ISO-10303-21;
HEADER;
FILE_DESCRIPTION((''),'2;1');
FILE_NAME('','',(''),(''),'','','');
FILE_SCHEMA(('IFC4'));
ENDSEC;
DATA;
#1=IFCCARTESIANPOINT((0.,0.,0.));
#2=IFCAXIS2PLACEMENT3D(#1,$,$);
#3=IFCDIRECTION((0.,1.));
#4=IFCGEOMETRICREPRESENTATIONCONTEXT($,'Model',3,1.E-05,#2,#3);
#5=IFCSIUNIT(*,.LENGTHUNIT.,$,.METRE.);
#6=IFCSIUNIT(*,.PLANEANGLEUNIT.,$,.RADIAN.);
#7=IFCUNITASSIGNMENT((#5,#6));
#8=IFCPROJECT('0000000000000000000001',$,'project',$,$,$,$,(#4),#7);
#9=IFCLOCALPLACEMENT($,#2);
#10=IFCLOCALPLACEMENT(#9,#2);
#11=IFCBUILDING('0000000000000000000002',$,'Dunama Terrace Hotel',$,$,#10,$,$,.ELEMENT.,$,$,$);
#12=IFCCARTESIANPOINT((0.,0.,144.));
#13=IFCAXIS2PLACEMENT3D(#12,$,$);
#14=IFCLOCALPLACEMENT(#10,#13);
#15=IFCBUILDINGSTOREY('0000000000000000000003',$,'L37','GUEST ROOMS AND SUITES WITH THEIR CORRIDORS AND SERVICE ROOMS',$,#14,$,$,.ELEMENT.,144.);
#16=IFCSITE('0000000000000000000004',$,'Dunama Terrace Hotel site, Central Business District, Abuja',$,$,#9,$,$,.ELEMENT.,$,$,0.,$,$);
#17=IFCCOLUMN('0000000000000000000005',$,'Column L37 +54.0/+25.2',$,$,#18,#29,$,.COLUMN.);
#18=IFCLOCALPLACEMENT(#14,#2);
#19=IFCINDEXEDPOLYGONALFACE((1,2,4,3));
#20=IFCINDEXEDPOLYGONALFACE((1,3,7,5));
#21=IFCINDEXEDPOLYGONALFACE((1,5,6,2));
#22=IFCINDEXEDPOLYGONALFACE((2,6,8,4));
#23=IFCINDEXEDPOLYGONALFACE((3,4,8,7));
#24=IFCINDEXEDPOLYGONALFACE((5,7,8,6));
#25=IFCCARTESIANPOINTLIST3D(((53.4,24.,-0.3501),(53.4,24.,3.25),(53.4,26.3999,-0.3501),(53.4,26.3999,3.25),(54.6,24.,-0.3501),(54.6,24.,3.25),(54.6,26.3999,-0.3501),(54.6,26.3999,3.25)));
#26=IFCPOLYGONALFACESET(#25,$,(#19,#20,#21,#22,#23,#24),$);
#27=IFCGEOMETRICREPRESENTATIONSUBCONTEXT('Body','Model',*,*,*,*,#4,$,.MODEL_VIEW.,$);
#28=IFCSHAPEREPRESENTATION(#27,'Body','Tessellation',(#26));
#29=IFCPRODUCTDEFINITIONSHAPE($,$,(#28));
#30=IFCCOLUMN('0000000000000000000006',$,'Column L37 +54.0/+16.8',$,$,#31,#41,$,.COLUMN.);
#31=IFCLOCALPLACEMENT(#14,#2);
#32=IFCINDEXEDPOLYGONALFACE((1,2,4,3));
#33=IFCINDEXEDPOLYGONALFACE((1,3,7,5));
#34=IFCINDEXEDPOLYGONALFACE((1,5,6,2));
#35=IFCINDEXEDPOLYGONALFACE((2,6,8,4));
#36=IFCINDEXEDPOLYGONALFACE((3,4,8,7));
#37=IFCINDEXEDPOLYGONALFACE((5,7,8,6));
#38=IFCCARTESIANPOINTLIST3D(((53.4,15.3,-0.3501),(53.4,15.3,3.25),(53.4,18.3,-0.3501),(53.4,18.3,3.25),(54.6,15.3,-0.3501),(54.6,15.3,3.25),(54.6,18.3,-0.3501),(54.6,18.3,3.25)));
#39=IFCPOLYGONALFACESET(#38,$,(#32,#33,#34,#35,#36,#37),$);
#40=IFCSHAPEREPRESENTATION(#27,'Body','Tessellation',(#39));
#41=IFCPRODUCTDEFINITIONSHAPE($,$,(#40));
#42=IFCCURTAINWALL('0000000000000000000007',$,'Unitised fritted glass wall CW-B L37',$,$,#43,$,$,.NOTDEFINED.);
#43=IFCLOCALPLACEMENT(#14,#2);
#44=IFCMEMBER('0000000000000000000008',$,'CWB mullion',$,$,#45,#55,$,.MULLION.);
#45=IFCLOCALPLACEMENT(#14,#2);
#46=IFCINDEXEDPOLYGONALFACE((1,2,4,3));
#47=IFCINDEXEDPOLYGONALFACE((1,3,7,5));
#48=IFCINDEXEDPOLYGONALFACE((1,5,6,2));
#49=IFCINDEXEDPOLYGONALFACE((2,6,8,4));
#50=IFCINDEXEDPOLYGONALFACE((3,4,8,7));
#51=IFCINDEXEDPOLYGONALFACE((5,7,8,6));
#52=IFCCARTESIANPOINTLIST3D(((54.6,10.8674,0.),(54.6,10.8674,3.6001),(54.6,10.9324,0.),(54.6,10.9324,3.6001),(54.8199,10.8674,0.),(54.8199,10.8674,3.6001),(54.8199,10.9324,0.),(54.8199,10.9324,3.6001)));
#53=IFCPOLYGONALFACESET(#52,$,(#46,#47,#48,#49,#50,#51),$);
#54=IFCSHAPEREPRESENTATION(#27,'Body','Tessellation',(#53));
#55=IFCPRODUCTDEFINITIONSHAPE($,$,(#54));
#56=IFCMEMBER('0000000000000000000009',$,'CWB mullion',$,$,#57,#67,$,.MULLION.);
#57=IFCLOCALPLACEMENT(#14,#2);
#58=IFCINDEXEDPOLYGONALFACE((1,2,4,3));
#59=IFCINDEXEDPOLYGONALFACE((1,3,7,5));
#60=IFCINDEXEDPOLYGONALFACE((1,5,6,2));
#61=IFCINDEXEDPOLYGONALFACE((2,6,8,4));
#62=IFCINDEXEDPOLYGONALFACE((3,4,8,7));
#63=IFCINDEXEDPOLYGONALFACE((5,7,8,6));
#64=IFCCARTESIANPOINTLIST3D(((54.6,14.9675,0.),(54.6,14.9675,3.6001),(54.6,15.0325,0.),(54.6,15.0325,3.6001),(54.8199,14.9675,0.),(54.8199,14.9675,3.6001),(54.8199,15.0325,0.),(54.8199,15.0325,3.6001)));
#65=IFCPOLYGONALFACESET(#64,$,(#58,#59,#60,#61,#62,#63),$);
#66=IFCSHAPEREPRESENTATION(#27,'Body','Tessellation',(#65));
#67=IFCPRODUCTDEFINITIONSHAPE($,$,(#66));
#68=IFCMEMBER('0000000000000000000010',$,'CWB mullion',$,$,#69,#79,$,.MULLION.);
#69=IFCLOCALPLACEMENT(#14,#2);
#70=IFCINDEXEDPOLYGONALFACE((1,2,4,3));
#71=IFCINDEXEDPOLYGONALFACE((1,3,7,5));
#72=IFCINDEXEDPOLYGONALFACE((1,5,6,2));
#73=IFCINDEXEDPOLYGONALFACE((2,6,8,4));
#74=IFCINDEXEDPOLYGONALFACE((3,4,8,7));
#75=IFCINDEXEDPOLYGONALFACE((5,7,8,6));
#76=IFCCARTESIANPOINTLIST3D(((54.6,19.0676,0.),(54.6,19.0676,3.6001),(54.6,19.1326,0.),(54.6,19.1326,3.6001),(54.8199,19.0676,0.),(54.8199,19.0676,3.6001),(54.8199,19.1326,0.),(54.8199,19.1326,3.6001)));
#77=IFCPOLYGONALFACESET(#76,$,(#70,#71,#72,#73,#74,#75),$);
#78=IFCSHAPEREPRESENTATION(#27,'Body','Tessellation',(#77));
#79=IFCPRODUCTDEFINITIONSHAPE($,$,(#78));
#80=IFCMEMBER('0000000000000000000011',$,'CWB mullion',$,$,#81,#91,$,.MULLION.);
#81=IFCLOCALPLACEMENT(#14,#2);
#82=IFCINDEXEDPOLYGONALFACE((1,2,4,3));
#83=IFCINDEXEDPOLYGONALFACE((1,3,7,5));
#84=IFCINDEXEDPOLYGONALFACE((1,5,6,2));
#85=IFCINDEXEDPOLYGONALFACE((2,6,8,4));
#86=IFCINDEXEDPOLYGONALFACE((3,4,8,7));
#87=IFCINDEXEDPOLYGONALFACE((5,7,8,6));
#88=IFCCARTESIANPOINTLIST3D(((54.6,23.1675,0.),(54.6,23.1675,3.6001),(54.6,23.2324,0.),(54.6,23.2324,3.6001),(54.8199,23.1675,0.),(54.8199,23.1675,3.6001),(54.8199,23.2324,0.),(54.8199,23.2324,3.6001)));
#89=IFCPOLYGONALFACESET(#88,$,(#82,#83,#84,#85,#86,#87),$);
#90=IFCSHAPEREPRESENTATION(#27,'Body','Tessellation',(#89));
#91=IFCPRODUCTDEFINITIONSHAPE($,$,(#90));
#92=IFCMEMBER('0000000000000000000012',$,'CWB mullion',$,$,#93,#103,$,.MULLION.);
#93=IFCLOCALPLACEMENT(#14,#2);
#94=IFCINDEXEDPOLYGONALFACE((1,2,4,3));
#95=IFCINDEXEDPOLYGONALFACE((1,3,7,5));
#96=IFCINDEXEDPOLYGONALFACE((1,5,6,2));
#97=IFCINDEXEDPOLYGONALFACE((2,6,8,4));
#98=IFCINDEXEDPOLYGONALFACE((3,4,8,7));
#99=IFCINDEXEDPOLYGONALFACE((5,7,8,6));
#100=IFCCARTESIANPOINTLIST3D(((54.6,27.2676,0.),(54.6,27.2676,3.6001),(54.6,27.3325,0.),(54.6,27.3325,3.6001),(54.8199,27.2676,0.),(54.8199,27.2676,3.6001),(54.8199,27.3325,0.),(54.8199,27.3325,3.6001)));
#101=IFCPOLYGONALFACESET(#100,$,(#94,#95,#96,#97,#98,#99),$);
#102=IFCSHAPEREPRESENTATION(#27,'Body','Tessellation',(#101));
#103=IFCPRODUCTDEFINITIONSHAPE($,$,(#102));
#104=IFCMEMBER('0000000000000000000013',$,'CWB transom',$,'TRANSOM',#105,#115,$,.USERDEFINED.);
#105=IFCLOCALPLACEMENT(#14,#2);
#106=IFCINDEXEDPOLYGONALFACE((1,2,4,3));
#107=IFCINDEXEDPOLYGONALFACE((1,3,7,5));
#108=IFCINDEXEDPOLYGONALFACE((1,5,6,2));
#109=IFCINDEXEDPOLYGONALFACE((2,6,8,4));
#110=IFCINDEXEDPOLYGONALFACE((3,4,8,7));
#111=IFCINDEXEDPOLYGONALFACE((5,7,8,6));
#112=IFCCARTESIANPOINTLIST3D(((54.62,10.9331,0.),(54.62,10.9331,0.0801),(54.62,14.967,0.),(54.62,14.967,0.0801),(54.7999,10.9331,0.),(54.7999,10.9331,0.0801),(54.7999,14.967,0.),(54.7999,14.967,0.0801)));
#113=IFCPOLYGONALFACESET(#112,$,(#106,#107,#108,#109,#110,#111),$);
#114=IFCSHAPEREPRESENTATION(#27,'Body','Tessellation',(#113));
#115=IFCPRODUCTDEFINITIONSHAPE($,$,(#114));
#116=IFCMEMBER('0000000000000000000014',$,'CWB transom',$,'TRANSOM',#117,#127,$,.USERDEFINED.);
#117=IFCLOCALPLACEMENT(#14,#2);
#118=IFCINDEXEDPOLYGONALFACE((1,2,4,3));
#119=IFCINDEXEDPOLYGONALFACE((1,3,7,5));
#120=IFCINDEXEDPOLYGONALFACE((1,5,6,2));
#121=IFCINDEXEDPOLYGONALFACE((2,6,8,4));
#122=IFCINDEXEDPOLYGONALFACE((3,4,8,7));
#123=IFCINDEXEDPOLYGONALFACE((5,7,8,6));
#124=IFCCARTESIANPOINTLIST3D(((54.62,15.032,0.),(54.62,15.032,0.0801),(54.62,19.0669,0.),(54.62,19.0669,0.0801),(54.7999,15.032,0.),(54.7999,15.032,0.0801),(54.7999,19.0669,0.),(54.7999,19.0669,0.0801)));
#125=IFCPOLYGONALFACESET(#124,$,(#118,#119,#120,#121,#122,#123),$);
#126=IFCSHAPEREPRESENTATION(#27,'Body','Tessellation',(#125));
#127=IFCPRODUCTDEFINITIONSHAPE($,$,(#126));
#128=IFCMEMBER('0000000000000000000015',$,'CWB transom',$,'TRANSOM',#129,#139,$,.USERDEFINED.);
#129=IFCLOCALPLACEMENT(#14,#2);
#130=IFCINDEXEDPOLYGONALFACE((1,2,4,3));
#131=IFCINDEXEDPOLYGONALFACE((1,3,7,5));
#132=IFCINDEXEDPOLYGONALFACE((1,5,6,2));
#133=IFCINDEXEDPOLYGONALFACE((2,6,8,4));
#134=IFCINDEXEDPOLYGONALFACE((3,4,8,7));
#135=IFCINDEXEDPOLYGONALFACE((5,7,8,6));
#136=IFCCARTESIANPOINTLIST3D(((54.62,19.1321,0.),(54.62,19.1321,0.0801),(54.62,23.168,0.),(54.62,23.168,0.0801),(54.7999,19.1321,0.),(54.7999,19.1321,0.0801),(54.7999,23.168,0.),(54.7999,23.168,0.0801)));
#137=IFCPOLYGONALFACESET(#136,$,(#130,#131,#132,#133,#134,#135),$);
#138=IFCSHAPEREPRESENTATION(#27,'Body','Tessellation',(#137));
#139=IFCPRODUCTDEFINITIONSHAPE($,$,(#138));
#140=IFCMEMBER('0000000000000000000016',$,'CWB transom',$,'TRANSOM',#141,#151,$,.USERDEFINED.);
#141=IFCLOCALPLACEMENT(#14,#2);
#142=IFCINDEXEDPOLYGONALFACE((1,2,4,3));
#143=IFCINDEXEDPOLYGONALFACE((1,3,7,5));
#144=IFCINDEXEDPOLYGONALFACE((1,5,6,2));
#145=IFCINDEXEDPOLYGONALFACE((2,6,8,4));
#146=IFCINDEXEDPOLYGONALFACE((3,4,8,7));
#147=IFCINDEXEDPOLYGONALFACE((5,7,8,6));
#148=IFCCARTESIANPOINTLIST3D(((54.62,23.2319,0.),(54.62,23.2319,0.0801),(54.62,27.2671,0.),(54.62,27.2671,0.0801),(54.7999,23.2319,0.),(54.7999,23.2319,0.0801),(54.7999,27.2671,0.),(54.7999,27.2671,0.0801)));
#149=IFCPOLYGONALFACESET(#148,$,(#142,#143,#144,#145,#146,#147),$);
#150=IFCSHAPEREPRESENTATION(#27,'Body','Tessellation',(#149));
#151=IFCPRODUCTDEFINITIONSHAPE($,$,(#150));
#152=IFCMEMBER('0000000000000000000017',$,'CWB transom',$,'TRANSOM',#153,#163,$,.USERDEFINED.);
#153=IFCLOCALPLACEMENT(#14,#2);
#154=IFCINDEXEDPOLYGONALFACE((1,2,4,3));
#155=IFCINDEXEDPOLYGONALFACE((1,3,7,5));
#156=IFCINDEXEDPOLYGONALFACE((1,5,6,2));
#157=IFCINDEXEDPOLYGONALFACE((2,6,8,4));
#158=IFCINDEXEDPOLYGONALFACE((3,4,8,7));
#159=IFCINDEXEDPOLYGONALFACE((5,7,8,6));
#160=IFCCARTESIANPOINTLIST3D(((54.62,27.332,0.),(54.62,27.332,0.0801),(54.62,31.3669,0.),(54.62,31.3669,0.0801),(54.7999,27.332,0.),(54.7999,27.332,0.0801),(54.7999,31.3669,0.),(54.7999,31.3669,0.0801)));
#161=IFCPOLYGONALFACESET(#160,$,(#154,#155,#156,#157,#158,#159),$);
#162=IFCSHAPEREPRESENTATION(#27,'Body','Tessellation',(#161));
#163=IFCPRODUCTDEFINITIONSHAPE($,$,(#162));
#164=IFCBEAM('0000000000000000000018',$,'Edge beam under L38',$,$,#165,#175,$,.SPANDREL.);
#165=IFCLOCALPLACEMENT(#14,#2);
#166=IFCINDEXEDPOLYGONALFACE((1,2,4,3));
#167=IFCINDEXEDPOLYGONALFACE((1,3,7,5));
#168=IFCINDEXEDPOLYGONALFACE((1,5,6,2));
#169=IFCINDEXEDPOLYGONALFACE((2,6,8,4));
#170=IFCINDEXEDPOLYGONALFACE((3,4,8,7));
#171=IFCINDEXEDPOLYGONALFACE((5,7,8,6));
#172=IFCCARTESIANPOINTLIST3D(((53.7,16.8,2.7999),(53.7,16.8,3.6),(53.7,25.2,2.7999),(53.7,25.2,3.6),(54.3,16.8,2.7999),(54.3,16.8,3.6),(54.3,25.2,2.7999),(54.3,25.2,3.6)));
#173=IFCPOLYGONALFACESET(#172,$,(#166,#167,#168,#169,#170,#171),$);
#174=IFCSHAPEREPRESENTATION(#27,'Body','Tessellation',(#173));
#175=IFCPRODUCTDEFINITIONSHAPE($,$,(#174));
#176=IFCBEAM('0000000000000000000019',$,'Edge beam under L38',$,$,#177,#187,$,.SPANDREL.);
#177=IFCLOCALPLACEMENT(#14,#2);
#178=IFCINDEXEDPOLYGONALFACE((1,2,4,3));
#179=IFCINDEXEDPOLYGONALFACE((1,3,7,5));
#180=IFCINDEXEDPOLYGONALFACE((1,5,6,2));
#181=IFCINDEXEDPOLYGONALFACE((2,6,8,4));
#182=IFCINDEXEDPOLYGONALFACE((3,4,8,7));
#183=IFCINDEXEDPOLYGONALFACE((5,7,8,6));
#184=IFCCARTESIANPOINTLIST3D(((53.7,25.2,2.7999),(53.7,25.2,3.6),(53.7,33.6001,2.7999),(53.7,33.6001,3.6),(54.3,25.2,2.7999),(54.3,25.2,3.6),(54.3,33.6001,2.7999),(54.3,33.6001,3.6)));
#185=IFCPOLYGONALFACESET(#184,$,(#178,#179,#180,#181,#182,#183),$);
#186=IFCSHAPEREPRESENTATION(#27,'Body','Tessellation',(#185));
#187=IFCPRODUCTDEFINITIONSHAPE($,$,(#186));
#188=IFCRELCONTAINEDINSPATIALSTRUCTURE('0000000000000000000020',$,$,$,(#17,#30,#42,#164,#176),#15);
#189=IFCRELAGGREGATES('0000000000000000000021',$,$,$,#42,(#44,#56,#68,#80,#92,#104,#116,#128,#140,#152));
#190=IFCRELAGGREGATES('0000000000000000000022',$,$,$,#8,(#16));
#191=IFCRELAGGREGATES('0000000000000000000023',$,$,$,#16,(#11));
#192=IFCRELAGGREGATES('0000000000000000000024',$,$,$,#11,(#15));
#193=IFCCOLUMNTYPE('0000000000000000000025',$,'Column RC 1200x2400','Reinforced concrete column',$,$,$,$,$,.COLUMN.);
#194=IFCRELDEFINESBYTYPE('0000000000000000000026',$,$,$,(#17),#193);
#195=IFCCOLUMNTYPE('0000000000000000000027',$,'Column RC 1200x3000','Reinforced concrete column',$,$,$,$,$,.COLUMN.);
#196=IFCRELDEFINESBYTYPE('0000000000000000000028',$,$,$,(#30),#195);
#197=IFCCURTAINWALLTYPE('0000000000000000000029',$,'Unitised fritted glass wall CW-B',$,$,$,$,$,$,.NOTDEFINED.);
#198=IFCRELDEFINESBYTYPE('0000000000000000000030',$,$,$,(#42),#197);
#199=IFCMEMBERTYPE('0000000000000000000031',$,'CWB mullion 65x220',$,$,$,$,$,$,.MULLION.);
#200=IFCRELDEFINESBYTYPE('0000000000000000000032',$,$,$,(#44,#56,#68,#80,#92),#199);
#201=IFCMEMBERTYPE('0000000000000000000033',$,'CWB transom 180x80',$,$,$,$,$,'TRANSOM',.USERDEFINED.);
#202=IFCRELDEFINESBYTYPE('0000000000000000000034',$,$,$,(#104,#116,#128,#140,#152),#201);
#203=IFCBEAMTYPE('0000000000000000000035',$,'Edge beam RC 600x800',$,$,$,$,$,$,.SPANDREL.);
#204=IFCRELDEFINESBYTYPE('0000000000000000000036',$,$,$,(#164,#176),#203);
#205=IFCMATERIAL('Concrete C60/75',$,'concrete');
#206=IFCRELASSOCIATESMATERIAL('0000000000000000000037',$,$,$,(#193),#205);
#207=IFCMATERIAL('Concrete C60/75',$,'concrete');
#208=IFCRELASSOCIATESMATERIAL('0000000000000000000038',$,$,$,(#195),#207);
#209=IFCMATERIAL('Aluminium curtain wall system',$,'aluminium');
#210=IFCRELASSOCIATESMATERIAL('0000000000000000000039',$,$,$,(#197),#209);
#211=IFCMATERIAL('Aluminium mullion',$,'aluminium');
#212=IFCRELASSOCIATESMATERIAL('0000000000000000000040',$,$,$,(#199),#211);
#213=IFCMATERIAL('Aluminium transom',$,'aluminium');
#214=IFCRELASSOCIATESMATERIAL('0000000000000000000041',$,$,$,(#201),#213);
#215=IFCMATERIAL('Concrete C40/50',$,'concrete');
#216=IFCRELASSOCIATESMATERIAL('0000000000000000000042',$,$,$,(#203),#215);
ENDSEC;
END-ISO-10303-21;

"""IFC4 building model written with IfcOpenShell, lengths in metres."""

from ifc_helpers import new_model, si_unit, direction, frame, origin, origin_2d, place, context, subcontext, project, spatial, rectangle, extrude, material, material_profile, profile_set, type_object, element, aggregate, save


model = new_model("IFC4")

# Units and contexts
model_context = context("Model", 3, precision=1e-05, world=origin(), true_north=direction((0.0, 1.0)))
body_context = subcontext(model_context, "Body", "Model", "MODEL_VIEW")
ifc_project = project(units=[si_unit("LENGTHUNIT", "METRE"), si_unit("PLANEANGLEUNIT", "RADIAN")], contexts=[model_context])

# Site, building, storey
site_placement = place(None, origin())
site = spatial("IfcSite", under=ifc_project, at=site_placement, Name="Dunama Terrace Hotel site, Central Business District, Abuja", CompositionType="ELEMENT", RefElevation=0.0)
building_placement = place(site_placement, origin())
building = spatial("IfcBuilding", under=site, at=building_placement, Name="Dunama Terrace Hotel", CompositionType="ELEMENT")
storey_placement = place(building_placement, frame((0.0, 0.0, 144.0)))
storey = spatial("IfcBuildingStorey", under=building, at=storey_placement, Name="L37", Description="GUEST ROOMS AND SUITES WITH THEIR CORRIDORS AND SERVICE ROOMS", CompositionType="ELEMENT", Elevation=144.0)

# Columns
ifc_material_1 = material(Name="Concrete C60/75", Category="concrete")
ifc_material_profile_1 = material_profile(ifc_material_1, rectangle(XDim=1.2, YDim=2.3999, at=origin_2d()), Name="RC 1200x2400")
ifc_profile_set_1 = profile_set([ifc_material_profile_1], Name="Concrete C60/75")
column_type_1 = type_object("IfcColumnType", Name="Column RC 1200x2400", Description="Reinforced concrete column", PredefinedType="COLUMN", material=ifc_profile_set_1)
column_1_placement = place(storey_placement, frame((54.0, 25.2, -0.3501), z_axis=(0.0, 0.0, 1.0), x_axis=(1.0, 0.0, 0.0)))
element("IfcColumn", 1, at=column_1_placement, inside=storey, type_object=column_type_1, Name="Column L37 +54.0/+25.2", PredefinedType="COLUMN", context=body_context, shape_type="SweptSolid", body=[
    extrude(rectangle(XDim=1.2, YDim=2.3999, at=origin_2d()), origin(), (0.0, 0.0, 1.0), 3.6001),
])
ifc_material_2 = material(Name="Concrete C60/75", Category="concrete")
ifc_material_profile_2 = material_profile(ifc_material_2, rectangle(XDim=1.2, YDim=3.0, at=origin_2d()), Name="RC 1200x3000")
ifc_profile_set_2 = profile_set([ifc_material_profile_2], Name="Concrete C60/75")
column_type_2 = type_object("IfcColumnType", Name="Column RC 1200x3000", Description="Reinforced concrete column", PredefinedType="COLUMN", material=ifc_profile_set_2)
column_2_placement = place(storey_placement, frame((54.0, 16.8, -0.3501), z_axis=(0.0, 0.0, 1.0), x_axis=(1.0, 0.0, 0.0)))
element("IfcColumn", 2, at=column_2_placement, inside=storey, type_object=column_type_2, Name="Column L37 +54.0/+16.8", PredefinedType="COLUMN", context=body_context, shape_type="SweptSolid", body=[
    extrude(rectangle(XDim=1.2, YDim=3.0, at=origin_2d()), origin(), (0.0, 0.0, 1.0), 3.6001),
])

# Curtain wall, members
ifc_material_3 = material(Name="Aluminium curtain wall system", Category="aluminium")
curtain_wall_type = type_object("IfcCurtainWallType", Name="Unitised fritted glass wall CW-B", PredefinedType="NOTDEFINED", material=ifc_material_3)
curtain_wall_placement = place(storey_placement, origin())
curtain_wall = element("IfcCurtainWall", 3, at=curtain_wall_placement, inside=storey, type_object=curtain_wall_type, Name="Unitised fritted glass wall CW-B L37", PredefinedType="NOTDEFINED")
ifc_material_4 = material(Name="Aluminium mullion", Category="aluminium")
ifc_material_profile_3 = material_profile(ifc_material_4, rectangle(XDim=0.0649, YDim=0.22, at=origin_2d()), Name="CWB MULLION 65X220")
ifc_profile_set_3 = profile_set([ifc_material_profile_3], Name="Aluminium mullion")
member_type_1 = type_object("IfcMemberType", Name="CWB mullion 65x220", PredefinedType="MULLION", material=ifc_profile_set_3)
member_1_placement = place(storey_placement, frame((54.71, 10.8999, 0.0), z_axis=(0.0, 0.0, 1.0), x_axis=(0.0, 1.0, 0.0)))
member_1 = element("IfcMember", 4, at=member_1_placement, type_object=member_type_1, Name="CWB mullion", PredefinedType="MULLION", context=body_context, shape_type="SweptSolid", body=[
    extrude(rectangle(XDim=0.0649, YDim=0.22, at=origin_2d()), origin(), (0.0, 0.0, 1.0), 3.6001),
])
member_2_placement = place(storey_placement, frame((54.71, 15.0, 0.0), z_axis=(0.0, 0.0, 1.0), x_axis=(0.0, 1.0, 0.0)))
member_2 = element("IfcMember", 5, at=member_2_placement, type_object=member_type_1, Name="CWB mullion", PredefinedType="MULLION", context=body_context, shape_type="SweptSolid", body=[
    extrude(rectangle(XDim=0.0649, YDim=0.22, at=origin_2d()), origin(), (0.0, 0.0, 1.0), 3.6001),
])
member_3_placement = place(storey_placement, frame((54.71, 19.1001, 0.0), z_axis=(0.0, 0.0, 1.0), x_axis=(0.0, 1.0, 0.0)))
member_3 = element("IfcMember", 6, at=member_3_placement, type_object=member_type_1, Name="CWB mullion", PredefinedType="MULLION", context=body_context, shape_type="SweptSolid", body=[
    extrude(rectangle(XDim=0.0649, YDim=0.22, at=origin_2d()), origin(), (0.0, 0.0, 1.0), 3.6001),
])
member_4_placement = place(storey_placement, frame((54.71, 23.2, 0.0), z_axis=(0.0, 0.0, 1.0), x_axis=(0.0, 1.0, 0.0)))
member_4 = element("IfcMember", 7, at=member_4_placement, type_object=member_type_1, Name="CWB mullion", PredefinedType="MULLION", context=body_context, shape_type="SweptSolid", body=[
    extrude(rectangle(XDim=0.0649, YDim=0.22, at=origin_2d()), origin(), (0.0, 0.0, 1.0), 3.6001),
])
member_5_placement = place(storey_placement, frame((54.71, 27.3, 0.0), z_axis=(0.0, 0.0, 1.0), x_axis=(0.0, 1.0, 0.0)))
member_5 = element("IfcMember", 8, at=member_5_placement, type_object=member_type_1, Name="CWB mullion", PredefinedType="MULLION", context=body_context, shape_type="SweptSolid", body=[
    extrude(rectangle(XDim=0.0649, YDim=0.22, at=origin_2d()), origin(), (0.0, 0.0, 1.0), 3.6001),
])
ifc_material_5 = material(Name="Aluminium transom", Category="aluminium")
ifc_material_profile_4 = material_profile(ifc_material_5, rectangle(XDim=0.1799, YDim=0.0801, at=origin_2d()), Name="CWB TRANSOM 180X80")
ifc_profile_set_4 = profile_set([ifc_material_profile_4], Name="Aluminium transom")
member_type_2 = type_object("IfcMemberType", Name="CWB transom 180x80", ElementType="TRANSOM", PredefinedType="USERDEFINED", material=ifc_profile_set_4)
member_6_placement = place(storey_placement, frame((54.71, 10.9331, 0.04), z_axis=(0.0, 1.0, 0.0), x_axis=(-1.0, 0.0, 0.0)))
member_6 = element("IfcMember", 9, at=member_6_placement, type_object=member_type_2, Name="CWB transom", ObjectType="TRANSOM", PredefinedType="USERDEFINED", context=body_context, shape_type="SweptSolid", body=[
    extrude(rectangle(XDim=0.1799, YDim=0.0801, at=origin_2d()), origin(), (0.0, 0.0, 1.0), 4.0339),
])
member_7_placement = place(storey_placement, frame((54.71, 15.032, 0.04), z_axis=(0.0, 1.0, 0.0), x_axis=(-1.0, 0.0, 0.0)))
member_7 = element("IfcMember", 10, at=member_7_placement, type_object=member_type_2, Name="CWB transom", ObjectType="TRANSOM", PredefinedType="USERDEFINED", context=body_context, shape_type="SweptSolid", body=[
    extrude(rectangle(XDim=0.1799, YDim=0.0801, at=origin_2d()), origin(), (0.0, 0.0, 1.0), 4.0349),
])
member_8_placement = place(storey_placement, frame((54.71, 19.1321, 0.04), z_axis=(0.0, 1.0, 0.0), x_axis=(-1.0, 0.0, 0.0)))
member_8 = element("IfcMember", 11, at=member_8_placement, type_object=member_type_2, Name="CWB transom", ObjectType="TRANSOM", PredefinedType="USERDEFINED", context=body_context, shape_type="SweptSolid", body=[
    extrude(rectangle(XDim=0.1799, YDim=0.0801, at=origin_2d()), origin(), (0.0, 0.0, 1.0), 4.0359),
])
member_9_placement = place(storey_placement, frame((54.71, 23.2319, 0.04), z_axis=(0.0, 1.0, 0.0), x_axis=(-1.0, 0.0, 0.0)))
member_9 = element("IfcMember", 12, at=member_9_placement, type_object=member_type_2, Name="CWB transom", ObjectType="TRANSOM", PredefinedType="USERDEFINED", context=body_context, shape_type="SweptSolid", body=[
    extrude(rectangle(XDim=0.1799, YDim=0.0801, at=origin_2d()), origin(), (0.0, 0.0, 1.0), 4.0352),
])
member_10_placement = place(storey_placement, frame((54.71, 27.332, 0.04), z_axis=(0.0, 1.0, 0.0), x_axis=(-1.0, 0.0, 0.0)))
member_10 = element("IfcMember", 13, at=member_10_placement, type_object=member_type_2, Name="CWB transom", ObjectType="TRANSOM", PredefinedType="USERDEFINED", context=body_context, shape_type="SweptSolid", body=[
    extrude(rectangle(XDim=0.1799, YDim=0.0801, at=origin_2d()), origin(), (0.0, 0.0, 1.0), 4.0349),
])

# Beams
ifc_material_6 = material(Name="Concrete C40/50", Category="concrete")
ifc_material_profile_5 = material_profile(ifc_material_6, rectangle(XDim=0.6001, YDim=0.8, at=origin_2d()), Name="RC 600x800")
ifc_profile_set_5 = profile_set([ifc_material_profile_5], Name="Concrete C40/50")
beam_type = type_object("IfcBeamType", Name="Edge beam RC 600x800", PredefinedType="SPANDREL", material=ifc_profile_set_5)
beam_1_placement = place(storey_placement, frame((54.0, 16.8, 3.2), z_axis=(0.0, 1.0, 0.0), x_axis=(-1.0, 0.0, 0.0)))
element("IfcBeam", 14, at=beam_1_placement, inside=storey, type_object=beam_type, Name="Edge beam under L38", PredefinedType="SPANDREL", context=body_context, shape_type="SweptSolid", body=[
    extrude(rectangle(XDim=0.6001, YDim=0.8, at=origin_2d()), origin(), (0.0, 0.0, 1.0), 8.3999),
])
beam_2_placement = place(storey_placement, frame((54.0, 25.2, 3.2), z_axis=(0.0, 1.0, 0.0), x_axis=(-1.0, 0.0, 0.0)))
element("IfcBeam", 15, at=beam_2_placement, inside=storey, type_object=beam_type, Name="Edge beam under L38", PredefinedType="SPANDREL", context=body_context, shape_type="SweptSolid", body=[
    extrude(rectangle(XDim=0.6001, YDim=0.8, at=origin_2d()), origin(), (0.0, 0.0, 1.0), 8.4001),
])

aggregate(curtain_wall, [member_1, member_2, member_3, member_4, member_5, member_6, member_7, member_8, member_9, member_10])

save(model, "model.ifc")
